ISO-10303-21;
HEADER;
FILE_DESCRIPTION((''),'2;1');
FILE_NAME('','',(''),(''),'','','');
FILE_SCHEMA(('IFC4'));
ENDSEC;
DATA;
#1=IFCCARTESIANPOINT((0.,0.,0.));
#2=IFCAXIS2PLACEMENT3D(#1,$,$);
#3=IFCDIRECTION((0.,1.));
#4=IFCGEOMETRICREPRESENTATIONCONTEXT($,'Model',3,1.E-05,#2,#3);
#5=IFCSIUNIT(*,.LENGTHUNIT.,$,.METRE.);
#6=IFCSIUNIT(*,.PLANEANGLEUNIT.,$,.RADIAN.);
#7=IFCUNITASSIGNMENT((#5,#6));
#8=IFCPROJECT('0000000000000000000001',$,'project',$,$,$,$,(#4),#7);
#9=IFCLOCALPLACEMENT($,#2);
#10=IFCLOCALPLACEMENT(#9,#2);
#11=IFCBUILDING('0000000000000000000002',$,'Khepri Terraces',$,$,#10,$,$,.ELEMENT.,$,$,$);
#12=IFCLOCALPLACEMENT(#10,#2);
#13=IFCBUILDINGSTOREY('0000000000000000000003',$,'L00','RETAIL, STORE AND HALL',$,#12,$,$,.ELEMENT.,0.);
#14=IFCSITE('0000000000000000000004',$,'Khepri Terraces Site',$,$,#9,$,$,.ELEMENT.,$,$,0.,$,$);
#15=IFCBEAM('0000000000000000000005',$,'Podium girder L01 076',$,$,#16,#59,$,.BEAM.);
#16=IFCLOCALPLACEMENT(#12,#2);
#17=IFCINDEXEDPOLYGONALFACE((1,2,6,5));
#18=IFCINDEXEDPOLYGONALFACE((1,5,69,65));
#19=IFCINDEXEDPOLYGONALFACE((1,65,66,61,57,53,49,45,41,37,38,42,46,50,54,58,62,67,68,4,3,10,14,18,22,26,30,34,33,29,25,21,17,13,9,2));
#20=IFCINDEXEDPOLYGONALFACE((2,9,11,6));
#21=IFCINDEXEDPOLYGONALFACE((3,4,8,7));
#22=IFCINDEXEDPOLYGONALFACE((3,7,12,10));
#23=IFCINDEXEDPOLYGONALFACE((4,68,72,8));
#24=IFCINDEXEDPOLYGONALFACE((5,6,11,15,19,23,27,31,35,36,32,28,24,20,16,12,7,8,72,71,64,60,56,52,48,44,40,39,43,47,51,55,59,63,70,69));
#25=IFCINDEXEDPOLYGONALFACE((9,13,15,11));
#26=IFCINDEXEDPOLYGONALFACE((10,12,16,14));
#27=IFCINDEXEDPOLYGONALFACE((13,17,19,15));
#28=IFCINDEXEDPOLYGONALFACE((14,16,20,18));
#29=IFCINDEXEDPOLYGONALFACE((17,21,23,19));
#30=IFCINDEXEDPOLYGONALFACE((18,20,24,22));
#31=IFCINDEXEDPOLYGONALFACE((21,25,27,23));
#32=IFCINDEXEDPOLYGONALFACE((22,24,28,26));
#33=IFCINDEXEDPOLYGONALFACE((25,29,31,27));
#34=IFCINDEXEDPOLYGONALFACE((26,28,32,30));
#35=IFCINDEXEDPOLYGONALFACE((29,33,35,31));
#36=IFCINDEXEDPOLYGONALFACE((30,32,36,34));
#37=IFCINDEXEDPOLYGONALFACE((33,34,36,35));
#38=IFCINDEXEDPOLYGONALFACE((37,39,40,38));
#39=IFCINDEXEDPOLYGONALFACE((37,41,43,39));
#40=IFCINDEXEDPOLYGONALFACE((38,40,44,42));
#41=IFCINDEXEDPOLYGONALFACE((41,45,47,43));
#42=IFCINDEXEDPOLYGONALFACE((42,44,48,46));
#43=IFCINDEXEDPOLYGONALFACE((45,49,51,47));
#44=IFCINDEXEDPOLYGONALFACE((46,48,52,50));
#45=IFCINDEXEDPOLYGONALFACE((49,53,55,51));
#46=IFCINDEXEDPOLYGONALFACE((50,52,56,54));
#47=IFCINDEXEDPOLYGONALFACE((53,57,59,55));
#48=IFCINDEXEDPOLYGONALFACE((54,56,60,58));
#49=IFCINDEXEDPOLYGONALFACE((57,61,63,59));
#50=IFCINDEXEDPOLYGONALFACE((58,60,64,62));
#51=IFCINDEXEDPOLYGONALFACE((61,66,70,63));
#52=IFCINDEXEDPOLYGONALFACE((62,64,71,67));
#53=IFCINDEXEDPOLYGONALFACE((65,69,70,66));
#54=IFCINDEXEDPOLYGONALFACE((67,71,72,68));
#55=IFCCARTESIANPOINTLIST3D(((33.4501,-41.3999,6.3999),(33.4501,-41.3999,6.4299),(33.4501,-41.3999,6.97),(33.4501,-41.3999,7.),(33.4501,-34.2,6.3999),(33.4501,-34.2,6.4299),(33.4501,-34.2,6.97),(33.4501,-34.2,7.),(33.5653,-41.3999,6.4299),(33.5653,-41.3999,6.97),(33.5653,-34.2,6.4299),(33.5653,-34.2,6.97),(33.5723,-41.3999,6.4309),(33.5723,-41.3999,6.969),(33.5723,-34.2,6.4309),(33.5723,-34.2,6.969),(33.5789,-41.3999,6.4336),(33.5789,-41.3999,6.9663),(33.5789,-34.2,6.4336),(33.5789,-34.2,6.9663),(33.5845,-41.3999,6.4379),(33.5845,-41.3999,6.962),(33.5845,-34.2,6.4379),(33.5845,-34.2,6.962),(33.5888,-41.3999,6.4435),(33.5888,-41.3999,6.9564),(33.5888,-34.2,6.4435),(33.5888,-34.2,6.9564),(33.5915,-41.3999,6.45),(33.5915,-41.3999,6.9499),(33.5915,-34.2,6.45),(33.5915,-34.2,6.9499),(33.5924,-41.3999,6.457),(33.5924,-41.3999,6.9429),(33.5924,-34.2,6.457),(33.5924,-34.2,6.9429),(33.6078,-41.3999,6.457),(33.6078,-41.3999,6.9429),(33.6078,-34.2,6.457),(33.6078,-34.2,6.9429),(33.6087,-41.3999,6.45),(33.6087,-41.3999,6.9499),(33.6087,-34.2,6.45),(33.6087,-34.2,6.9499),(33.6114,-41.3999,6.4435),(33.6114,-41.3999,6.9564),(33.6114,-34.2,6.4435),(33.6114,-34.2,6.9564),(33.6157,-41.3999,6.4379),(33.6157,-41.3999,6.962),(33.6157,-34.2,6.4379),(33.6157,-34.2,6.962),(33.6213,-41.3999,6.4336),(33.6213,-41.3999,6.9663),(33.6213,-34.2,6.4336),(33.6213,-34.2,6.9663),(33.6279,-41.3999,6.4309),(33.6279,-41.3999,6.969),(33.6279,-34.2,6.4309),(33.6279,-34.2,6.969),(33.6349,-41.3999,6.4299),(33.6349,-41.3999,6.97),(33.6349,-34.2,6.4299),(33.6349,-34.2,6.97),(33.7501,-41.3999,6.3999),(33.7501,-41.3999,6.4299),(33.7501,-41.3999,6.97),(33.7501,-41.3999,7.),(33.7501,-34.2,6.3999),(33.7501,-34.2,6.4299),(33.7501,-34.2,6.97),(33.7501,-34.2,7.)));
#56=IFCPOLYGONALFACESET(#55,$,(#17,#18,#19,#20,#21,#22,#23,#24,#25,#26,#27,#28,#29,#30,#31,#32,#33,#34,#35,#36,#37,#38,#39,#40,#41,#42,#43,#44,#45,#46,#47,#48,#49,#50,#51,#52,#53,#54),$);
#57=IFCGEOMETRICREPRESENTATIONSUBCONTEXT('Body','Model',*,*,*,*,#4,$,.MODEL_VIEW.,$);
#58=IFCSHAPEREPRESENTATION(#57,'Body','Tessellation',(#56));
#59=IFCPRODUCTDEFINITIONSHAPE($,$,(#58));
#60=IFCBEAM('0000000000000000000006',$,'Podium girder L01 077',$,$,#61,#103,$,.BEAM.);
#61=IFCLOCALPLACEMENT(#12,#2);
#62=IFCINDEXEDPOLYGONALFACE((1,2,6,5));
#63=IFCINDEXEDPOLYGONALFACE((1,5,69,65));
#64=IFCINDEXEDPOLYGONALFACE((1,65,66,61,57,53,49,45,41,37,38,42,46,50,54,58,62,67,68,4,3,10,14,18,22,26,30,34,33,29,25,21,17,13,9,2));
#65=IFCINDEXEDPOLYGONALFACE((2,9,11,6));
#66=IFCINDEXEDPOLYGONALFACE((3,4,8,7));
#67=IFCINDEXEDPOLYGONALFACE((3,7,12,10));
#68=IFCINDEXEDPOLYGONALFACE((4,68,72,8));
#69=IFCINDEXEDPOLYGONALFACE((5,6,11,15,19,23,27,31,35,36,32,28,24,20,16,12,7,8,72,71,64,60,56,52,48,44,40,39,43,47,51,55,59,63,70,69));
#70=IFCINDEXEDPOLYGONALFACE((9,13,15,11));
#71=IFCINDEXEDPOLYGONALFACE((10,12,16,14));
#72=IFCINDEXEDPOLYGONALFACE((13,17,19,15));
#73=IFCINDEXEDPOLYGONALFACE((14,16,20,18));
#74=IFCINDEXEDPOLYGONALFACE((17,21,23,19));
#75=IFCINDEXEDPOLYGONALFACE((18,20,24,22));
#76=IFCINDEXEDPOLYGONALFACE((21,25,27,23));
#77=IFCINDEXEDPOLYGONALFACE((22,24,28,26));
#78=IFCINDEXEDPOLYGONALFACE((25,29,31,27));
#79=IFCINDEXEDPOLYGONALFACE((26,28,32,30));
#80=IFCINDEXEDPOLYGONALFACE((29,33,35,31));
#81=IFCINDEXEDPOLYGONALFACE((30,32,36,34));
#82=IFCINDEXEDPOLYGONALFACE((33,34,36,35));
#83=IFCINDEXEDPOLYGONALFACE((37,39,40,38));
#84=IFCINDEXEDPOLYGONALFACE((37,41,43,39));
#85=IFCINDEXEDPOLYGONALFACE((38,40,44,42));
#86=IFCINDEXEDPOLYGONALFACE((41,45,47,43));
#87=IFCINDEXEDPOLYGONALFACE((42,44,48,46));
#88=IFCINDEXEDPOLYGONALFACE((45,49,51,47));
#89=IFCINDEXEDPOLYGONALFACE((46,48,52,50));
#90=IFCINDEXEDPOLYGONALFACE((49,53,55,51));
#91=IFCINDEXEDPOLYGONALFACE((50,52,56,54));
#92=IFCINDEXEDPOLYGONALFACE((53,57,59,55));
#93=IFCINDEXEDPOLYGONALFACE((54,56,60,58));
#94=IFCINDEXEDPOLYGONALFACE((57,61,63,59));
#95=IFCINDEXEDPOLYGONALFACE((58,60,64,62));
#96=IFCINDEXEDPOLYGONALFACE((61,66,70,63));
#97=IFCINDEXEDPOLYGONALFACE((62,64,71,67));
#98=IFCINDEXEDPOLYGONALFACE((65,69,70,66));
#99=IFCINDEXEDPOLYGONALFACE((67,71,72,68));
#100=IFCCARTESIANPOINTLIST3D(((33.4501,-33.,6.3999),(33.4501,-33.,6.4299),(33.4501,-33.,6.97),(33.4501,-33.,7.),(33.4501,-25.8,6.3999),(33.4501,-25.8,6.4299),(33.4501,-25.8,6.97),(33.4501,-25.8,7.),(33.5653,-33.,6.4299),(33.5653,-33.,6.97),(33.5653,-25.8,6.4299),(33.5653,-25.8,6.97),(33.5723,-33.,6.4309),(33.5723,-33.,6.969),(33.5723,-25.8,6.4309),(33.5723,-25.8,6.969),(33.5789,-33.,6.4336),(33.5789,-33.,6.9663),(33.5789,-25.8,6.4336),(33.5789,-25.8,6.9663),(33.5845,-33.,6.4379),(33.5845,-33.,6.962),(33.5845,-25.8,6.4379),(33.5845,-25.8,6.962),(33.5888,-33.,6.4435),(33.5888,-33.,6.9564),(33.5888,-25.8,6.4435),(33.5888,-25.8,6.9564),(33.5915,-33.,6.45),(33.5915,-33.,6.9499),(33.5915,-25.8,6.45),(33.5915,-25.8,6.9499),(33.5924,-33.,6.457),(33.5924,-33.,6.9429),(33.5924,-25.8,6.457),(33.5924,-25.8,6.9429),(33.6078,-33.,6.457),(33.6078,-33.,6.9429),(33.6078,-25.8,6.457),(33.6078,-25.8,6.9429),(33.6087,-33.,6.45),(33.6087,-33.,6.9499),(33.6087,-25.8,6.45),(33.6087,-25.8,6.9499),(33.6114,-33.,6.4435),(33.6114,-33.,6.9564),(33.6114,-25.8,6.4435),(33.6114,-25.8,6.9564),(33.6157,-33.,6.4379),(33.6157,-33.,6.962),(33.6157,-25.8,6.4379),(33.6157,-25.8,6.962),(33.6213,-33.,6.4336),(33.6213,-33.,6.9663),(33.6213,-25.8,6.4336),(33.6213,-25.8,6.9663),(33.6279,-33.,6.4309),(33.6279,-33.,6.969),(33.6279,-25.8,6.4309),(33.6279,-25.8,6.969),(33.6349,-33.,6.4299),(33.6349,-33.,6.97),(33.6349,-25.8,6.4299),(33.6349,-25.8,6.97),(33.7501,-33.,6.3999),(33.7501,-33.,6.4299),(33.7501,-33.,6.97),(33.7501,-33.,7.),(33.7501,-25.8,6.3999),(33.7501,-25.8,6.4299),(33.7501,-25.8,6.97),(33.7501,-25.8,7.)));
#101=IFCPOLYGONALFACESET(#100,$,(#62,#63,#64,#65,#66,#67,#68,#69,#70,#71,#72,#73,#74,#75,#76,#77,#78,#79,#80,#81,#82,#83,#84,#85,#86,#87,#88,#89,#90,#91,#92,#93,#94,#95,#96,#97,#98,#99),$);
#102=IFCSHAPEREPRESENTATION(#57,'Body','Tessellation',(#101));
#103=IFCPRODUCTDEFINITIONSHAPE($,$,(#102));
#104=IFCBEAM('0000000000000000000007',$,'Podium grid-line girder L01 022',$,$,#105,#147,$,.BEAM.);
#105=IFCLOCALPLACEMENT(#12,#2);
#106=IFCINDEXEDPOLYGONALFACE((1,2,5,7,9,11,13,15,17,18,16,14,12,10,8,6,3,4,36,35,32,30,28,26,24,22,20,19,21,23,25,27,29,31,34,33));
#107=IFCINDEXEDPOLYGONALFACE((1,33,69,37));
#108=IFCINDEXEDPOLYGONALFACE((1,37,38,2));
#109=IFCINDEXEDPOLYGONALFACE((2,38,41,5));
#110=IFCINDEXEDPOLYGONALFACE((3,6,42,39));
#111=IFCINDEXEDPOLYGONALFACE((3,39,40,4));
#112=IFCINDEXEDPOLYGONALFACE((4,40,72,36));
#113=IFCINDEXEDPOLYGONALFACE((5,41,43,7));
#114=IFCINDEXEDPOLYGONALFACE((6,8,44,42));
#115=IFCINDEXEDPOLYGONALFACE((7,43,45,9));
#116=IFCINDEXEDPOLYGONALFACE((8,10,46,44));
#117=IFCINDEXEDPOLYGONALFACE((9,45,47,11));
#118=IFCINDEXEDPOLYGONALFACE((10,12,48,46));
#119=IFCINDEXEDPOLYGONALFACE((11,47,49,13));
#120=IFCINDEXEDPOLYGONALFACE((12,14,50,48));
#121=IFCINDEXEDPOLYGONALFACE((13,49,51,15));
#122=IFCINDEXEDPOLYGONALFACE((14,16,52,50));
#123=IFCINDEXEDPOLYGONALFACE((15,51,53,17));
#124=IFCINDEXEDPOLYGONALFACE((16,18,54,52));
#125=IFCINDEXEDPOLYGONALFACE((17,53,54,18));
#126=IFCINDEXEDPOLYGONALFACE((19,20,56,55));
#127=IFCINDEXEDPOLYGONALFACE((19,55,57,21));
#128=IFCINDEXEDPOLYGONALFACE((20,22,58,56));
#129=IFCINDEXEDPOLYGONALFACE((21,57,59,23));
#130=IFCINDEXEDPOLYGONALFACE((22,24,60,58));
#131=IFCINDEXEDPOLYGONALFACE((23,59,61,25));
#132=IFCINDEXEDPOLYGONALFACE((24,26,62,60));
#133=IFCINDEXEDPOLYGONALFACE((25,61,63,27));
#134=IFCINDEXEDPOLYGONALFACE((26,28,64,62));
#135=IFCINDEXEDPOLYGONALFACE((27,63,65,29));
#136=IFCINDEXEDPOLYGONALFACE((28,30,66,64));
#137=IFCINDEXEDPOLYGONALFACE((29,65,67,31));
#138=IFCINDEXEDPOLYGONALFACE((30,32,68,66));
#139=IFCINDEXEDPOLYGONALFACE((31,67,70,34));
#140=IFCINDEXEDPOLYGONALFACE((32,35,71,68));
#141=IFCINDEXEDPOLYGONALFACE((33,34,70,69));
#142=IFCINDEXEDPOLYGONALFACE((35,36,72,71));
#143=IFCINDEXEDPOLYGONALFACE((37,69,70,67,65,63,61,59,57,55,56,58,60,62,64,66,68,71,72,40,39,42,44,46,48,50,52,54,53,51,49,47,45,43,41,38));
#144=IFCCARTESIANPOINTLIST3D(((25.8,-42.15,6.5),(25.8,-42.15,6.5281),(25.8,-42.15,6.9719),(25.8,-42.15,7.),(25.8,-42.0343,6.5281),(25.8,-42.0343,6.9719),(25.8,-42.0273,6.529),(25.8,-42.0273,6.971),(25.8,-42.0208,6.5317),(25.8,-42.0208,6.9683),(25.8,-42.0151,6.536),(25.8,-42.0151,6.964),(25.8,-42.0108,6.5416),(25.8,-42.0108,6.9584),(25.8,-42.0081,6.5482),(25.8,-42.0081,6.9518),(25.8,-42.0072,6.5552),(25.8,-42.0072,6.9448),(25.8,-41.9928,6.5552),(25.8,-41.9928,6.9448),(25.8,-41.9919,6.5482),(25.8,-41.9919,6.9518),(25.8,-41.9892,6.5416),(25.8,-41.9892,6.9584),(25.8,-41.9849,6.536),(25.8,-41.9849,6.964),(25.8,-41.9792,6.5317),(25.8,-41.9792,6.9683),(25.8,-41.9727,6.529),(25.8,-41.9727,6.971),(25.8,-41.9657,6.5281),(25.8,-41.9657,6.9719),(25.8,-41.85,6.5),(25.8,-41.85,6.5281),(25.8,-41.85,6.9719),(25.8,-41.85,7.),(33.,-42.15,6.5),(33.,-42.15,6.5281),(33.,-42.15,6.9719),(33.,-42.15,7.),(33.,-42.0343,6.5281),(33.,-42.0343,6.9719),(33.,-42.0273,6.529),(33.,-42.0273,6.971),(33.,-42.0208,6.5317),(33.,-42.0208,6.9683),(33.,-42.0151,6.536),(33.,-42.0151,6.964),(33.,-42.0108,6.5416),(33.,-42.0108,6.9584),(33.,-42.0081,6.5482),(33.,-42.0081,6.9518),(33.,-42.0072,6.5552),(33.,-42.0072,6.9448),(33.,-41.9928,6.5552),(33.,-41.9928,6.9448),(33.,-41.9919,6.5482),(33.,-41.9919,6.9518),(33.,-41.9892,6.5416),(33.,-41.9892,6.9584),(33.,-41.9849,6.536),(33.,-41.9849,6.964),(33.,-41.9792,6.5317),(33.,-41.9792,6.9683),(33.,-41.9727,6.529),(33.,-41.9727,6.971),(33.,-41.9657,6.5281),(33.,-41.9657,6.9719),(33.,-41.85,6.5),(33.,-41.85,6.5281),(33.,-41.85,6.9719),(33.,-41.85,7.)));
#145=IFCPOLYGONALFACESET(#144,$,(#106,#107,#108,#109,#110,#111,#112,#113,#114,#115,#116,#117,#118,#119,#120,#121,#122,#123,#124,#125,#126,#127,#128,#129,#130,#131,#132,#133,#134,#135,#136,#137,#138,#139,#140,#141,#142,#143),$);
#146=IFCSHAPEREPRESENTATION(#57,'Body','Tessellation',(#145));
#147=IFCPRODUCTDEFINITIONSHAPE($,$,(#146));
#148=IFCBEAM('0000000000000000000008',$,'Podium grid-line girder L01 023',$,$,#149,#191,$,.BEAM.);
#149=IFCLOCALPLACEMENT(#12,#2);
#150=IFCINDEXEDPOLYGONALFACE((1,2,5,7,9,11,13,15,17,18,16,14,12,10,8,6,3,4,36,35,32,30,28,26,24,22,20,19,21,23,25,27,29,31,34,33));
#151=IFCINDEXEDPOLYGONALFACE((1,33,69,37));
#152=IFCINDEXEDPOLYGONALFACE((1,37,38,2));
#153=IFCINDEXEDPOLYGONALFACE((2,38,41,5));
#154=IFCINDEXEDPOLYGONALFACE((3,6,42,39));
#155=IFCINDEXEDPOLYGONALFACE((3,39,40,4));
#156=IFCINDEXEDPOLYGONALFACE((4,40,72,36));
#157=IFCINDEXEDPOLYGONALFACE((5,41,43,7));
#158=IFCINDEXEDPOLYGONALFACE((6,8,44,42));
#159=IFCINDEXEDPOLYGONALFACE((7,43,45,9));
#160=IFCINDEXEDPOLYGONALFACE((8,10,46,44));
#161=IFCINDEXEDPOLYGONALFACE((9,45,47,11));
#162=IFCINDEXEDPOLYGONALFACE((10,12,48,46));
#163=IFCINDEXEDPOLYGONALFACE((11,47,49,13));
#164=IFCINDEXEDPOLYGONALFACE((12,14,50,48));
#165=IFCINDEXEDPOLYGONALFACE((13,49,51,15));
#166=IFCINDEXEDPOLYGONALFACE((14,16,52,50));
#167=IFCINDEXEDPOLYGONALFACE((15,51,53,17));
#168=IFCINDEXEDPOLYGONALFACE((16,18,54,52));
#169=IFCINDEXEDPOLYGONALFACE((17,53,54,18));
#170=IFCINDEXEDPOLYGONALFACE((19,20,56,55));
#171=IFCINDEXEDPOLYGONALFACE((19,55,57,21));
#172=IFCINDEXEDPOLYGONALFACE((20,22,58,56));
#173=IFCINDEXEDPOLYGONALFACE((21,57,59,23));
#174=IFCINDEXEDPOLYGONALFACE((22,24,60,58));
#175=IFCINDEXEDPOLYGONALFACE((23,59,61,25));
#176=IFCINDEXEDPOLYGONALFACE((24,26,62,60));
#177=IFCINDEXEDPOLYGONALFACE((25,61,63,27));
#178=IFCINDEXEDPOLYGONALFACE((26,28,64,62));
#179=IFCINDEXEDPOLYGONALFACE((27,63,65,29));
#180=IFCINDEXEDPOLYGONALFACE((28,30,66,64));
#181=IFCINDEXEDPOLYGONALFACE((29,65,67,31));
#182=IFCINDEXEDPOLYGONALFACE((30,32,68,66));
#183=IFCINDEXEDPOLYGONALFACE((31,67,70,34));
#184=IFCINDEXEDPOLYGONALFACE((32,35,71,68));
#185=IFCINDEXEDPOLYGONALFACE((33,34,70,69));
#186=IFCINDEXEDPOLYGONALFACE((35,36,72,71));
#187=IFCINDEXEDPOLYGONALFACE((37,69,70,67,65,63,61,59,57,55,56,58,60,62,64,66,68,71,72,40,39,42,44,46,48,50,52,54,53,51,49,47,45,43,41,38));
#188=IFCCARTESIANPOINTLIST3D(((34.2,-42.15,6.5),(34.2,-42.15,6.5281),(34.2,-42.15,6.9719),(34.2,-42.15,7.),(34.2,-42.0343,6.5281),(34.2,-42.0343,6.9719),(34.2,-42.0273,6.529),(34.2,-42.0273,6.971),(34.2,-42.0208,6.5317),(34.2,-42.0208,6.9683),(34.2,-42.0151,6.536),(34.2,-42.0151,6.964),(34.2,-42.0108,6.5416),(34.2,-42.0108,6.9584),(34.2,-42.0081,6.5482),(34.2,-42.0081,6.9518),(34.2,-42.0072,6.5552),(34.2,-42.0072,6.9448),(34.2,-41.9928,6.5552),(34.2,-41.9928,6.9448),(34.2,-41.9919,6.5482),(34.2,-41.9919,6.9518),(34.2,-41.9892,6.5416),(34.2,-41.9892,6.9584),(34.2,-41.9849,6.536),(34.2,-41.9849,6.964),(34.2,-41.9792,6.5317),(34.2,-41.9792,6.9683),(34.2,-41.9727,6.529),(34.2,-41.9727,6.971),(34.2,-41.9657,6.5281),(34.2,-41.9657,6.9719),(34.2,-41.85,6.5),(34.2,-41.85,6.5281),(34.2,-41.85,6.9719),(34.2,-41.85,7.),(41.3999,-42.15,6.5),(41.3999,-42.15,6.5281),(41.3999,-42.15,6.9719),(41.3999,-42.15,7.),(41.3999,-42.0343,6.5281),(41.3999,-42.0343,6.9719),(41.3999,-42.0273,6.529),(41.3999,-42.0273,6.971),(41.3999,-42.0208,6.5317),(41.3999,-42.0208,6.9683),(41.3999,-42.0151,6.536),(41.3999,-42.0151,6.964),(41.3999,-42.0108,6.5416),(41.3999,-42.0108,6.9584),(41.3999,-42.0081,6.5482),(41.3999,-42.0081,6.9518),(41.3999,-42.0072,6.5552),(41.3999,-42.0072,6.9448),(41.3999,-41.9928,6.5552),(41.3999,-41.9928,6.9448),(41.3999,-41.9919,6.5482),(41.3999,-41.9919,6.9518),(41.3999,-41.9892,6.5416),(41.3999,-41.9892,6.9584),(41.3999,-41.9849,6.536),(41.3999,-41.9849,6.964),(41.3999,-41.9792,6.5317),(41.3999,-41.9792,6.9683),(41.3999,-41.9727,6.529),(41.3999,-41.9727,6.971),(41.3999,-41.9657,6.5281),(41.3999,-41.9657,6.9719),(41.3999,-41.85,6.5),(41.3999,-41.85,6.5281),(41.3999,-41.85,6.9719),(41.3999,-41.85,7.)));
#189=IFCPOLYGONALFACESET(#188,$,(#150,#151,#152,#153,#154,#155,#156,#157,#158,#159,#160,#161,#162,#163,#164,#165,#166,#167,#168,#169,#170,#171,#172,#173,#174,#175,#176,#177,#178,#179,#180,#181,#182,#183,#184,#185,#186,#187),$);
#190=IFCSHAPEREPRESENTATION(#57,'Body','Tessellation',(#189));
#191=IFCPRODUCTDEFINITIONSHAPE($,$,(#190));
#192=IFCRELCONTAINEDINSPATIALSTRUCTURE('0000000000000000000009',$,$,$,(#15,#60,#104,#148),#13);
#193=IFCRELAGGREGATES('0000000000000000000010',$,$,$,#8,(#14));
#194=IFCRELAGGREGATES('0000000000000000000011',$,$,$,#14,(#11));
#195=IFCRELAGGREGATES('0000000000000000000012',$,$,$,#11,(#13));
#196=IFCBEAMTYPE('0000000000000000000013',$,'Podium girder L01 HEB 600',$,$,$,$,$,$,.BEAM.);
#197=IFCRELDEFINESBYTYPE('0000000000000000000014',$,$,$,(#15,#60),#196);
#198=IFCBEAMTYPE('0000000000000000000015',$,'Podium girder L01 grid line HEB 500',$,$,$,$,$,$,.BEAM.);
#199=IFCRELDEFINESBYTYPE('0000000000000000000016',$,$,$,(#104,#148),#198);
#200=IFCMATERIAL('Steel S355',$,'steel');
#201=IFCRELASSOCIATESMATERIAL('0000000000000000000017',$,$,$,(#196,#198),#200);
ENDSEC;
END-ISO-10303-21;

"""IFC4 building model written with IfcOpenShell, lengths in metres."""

from ifc_helpers import new_model, si_unit, direction, frame, origin, origin_2d, place, context, subcontext, project, spatial, i_section, extrude, material, material_profile, profile_set, type_object, element, save


model = new_model("IFC4")

# Units and contexts
model_context = context("Model", 3, precision=1e-05, world=origin(), true_north=direction((0.0, 1.0)))
body_context = subcontext(model_context, "Body", "Model", "MODEL_VIEW")
ifc_project = project(units=[si_unit("LENGTHUNIT", "METRE"), si_unit("PLANEANGLEUNIT", "RADIAN")], contexts=[model_context])

# Site, building, storey
site_placement = place(None, origin())
site = spatial("IfcSite", under=ifc_project, at=site_placement, Name="Khepri Terraces Site", CompositionType="ELEMENT", RefElevation=0.0)
building_placement = place(site_placement, origin())
building = spatial("IfcBuilding", under=site, at=building_placement, Name="Khepri Terraces", CompositionType="ELEMENT")
storey_placement = place(building_placement, origin())
storey = spatial("IfcBuildingStorey", under=building, at=storey_placement, Name="L00", Description="RETAIL, STORE AND HALL", CompositionType="ELEMENT", Elevation=0.0)

# Beams
ifc_material_1 = material(Name="Steel S355", Category="steel")
ifc_material_profile_1 = material_profile(ifc_material_1, i_section(OverallWidth=0.3, OverallDepth=0.6001, WebThickness=0.0154, FlangeThickness=0.03, FilletRadius=0.0271, at=origin_2d()), Name="Steel S355", Category="steel")
ifc_profile_set_1 = profile_set([ifc_material_profile_1], Name="Steel S355")
beam_type_1 = type_object("IfcBeamType", Name="Podium girder L01 HEB 600", PredefinedType="BEAM", material=ifc_profile_set_1)
for number, where, z_axis, x_axis, name in (
    (1, (33.6001, -41.3999, 6.7), (0.0, 1.0, 0.0), (-1.0, 0.0, 0.0), "Podium girder L01 076"),
    (2, (33.6001, -33.0, 6.7), (0.0, 1.0, 0.0), (-1.0, 0.0, 0.0), "Podium girder L01 077"),
):
    element("IfcBeam", number, at=place(storey_placement, frame(where, z_axis=z_axis, x_axis=x_axis)), inside=storey, type_object=beam_type_1, Name=name, PredefinedType="BEAM", context=body_context, shape_type="SweptSolid", body=[
        extrude(i_section(OverallWidth=0.3, OverallDepth=0.6001, WebThickness=0.0154, FlangeThickness=0.03, FilletRadius=0.0271, at=origin_2d()), origin(), (0.0, 0.0, 1.0), 7.2),
    ])
ifc_material_profile_2 = material_profile(ifc_material_1, i_section(OverallWidth=0.3, OverallDepth=0.5, WebThickness=0.0144, FlangeThickness=0.0281, FilletRadius=0.0271, at=origin_2d()), Name="Steel S355", Category="steel")
ifc_profile_set_2 = profile_set([ifc_material_profile_2], Name="Steel S355")
beam_type_2 = type_object("IfcBeamType", Name="Podium girder L01 grid line HEB 500", PredefinedType="BEAM", material=ifc_profile_set_2)
for number, where, z_axis, x_axis, name in (
    (3, (25.8, -42.0, 6.75), (1.0, 0.0, 0.0), (0.0, 1.0, 0.0), "Podium grid-line girder L01 022"),
    (4, (34.2, -42.0, 6.75), (1.0, 0.0, 0.0), (0.0, 1.0, 0.0), "Podium grid-line girder L01 023"),
):
    element("IfcBeam", number, at=place(storey_placement, frame(where, z_axis=z_axis, x_axis=x_axis)), inside=storey, type_object=beam_type_2, Name=name, PredefinedType="BEAM", context=body_context, shape_type="SweptSolid", body=[
        extrude(i_section(OverallWidth=0.3, OverallDepth=0.5, WebThickness=0.0144, FlangeThickness=0.0281, FilletRadius=0.0271, at=origin_2d()), origin(), (0.0, 0.0, 1.0), 7.2),
    ])

save(model, "model.ifc")
